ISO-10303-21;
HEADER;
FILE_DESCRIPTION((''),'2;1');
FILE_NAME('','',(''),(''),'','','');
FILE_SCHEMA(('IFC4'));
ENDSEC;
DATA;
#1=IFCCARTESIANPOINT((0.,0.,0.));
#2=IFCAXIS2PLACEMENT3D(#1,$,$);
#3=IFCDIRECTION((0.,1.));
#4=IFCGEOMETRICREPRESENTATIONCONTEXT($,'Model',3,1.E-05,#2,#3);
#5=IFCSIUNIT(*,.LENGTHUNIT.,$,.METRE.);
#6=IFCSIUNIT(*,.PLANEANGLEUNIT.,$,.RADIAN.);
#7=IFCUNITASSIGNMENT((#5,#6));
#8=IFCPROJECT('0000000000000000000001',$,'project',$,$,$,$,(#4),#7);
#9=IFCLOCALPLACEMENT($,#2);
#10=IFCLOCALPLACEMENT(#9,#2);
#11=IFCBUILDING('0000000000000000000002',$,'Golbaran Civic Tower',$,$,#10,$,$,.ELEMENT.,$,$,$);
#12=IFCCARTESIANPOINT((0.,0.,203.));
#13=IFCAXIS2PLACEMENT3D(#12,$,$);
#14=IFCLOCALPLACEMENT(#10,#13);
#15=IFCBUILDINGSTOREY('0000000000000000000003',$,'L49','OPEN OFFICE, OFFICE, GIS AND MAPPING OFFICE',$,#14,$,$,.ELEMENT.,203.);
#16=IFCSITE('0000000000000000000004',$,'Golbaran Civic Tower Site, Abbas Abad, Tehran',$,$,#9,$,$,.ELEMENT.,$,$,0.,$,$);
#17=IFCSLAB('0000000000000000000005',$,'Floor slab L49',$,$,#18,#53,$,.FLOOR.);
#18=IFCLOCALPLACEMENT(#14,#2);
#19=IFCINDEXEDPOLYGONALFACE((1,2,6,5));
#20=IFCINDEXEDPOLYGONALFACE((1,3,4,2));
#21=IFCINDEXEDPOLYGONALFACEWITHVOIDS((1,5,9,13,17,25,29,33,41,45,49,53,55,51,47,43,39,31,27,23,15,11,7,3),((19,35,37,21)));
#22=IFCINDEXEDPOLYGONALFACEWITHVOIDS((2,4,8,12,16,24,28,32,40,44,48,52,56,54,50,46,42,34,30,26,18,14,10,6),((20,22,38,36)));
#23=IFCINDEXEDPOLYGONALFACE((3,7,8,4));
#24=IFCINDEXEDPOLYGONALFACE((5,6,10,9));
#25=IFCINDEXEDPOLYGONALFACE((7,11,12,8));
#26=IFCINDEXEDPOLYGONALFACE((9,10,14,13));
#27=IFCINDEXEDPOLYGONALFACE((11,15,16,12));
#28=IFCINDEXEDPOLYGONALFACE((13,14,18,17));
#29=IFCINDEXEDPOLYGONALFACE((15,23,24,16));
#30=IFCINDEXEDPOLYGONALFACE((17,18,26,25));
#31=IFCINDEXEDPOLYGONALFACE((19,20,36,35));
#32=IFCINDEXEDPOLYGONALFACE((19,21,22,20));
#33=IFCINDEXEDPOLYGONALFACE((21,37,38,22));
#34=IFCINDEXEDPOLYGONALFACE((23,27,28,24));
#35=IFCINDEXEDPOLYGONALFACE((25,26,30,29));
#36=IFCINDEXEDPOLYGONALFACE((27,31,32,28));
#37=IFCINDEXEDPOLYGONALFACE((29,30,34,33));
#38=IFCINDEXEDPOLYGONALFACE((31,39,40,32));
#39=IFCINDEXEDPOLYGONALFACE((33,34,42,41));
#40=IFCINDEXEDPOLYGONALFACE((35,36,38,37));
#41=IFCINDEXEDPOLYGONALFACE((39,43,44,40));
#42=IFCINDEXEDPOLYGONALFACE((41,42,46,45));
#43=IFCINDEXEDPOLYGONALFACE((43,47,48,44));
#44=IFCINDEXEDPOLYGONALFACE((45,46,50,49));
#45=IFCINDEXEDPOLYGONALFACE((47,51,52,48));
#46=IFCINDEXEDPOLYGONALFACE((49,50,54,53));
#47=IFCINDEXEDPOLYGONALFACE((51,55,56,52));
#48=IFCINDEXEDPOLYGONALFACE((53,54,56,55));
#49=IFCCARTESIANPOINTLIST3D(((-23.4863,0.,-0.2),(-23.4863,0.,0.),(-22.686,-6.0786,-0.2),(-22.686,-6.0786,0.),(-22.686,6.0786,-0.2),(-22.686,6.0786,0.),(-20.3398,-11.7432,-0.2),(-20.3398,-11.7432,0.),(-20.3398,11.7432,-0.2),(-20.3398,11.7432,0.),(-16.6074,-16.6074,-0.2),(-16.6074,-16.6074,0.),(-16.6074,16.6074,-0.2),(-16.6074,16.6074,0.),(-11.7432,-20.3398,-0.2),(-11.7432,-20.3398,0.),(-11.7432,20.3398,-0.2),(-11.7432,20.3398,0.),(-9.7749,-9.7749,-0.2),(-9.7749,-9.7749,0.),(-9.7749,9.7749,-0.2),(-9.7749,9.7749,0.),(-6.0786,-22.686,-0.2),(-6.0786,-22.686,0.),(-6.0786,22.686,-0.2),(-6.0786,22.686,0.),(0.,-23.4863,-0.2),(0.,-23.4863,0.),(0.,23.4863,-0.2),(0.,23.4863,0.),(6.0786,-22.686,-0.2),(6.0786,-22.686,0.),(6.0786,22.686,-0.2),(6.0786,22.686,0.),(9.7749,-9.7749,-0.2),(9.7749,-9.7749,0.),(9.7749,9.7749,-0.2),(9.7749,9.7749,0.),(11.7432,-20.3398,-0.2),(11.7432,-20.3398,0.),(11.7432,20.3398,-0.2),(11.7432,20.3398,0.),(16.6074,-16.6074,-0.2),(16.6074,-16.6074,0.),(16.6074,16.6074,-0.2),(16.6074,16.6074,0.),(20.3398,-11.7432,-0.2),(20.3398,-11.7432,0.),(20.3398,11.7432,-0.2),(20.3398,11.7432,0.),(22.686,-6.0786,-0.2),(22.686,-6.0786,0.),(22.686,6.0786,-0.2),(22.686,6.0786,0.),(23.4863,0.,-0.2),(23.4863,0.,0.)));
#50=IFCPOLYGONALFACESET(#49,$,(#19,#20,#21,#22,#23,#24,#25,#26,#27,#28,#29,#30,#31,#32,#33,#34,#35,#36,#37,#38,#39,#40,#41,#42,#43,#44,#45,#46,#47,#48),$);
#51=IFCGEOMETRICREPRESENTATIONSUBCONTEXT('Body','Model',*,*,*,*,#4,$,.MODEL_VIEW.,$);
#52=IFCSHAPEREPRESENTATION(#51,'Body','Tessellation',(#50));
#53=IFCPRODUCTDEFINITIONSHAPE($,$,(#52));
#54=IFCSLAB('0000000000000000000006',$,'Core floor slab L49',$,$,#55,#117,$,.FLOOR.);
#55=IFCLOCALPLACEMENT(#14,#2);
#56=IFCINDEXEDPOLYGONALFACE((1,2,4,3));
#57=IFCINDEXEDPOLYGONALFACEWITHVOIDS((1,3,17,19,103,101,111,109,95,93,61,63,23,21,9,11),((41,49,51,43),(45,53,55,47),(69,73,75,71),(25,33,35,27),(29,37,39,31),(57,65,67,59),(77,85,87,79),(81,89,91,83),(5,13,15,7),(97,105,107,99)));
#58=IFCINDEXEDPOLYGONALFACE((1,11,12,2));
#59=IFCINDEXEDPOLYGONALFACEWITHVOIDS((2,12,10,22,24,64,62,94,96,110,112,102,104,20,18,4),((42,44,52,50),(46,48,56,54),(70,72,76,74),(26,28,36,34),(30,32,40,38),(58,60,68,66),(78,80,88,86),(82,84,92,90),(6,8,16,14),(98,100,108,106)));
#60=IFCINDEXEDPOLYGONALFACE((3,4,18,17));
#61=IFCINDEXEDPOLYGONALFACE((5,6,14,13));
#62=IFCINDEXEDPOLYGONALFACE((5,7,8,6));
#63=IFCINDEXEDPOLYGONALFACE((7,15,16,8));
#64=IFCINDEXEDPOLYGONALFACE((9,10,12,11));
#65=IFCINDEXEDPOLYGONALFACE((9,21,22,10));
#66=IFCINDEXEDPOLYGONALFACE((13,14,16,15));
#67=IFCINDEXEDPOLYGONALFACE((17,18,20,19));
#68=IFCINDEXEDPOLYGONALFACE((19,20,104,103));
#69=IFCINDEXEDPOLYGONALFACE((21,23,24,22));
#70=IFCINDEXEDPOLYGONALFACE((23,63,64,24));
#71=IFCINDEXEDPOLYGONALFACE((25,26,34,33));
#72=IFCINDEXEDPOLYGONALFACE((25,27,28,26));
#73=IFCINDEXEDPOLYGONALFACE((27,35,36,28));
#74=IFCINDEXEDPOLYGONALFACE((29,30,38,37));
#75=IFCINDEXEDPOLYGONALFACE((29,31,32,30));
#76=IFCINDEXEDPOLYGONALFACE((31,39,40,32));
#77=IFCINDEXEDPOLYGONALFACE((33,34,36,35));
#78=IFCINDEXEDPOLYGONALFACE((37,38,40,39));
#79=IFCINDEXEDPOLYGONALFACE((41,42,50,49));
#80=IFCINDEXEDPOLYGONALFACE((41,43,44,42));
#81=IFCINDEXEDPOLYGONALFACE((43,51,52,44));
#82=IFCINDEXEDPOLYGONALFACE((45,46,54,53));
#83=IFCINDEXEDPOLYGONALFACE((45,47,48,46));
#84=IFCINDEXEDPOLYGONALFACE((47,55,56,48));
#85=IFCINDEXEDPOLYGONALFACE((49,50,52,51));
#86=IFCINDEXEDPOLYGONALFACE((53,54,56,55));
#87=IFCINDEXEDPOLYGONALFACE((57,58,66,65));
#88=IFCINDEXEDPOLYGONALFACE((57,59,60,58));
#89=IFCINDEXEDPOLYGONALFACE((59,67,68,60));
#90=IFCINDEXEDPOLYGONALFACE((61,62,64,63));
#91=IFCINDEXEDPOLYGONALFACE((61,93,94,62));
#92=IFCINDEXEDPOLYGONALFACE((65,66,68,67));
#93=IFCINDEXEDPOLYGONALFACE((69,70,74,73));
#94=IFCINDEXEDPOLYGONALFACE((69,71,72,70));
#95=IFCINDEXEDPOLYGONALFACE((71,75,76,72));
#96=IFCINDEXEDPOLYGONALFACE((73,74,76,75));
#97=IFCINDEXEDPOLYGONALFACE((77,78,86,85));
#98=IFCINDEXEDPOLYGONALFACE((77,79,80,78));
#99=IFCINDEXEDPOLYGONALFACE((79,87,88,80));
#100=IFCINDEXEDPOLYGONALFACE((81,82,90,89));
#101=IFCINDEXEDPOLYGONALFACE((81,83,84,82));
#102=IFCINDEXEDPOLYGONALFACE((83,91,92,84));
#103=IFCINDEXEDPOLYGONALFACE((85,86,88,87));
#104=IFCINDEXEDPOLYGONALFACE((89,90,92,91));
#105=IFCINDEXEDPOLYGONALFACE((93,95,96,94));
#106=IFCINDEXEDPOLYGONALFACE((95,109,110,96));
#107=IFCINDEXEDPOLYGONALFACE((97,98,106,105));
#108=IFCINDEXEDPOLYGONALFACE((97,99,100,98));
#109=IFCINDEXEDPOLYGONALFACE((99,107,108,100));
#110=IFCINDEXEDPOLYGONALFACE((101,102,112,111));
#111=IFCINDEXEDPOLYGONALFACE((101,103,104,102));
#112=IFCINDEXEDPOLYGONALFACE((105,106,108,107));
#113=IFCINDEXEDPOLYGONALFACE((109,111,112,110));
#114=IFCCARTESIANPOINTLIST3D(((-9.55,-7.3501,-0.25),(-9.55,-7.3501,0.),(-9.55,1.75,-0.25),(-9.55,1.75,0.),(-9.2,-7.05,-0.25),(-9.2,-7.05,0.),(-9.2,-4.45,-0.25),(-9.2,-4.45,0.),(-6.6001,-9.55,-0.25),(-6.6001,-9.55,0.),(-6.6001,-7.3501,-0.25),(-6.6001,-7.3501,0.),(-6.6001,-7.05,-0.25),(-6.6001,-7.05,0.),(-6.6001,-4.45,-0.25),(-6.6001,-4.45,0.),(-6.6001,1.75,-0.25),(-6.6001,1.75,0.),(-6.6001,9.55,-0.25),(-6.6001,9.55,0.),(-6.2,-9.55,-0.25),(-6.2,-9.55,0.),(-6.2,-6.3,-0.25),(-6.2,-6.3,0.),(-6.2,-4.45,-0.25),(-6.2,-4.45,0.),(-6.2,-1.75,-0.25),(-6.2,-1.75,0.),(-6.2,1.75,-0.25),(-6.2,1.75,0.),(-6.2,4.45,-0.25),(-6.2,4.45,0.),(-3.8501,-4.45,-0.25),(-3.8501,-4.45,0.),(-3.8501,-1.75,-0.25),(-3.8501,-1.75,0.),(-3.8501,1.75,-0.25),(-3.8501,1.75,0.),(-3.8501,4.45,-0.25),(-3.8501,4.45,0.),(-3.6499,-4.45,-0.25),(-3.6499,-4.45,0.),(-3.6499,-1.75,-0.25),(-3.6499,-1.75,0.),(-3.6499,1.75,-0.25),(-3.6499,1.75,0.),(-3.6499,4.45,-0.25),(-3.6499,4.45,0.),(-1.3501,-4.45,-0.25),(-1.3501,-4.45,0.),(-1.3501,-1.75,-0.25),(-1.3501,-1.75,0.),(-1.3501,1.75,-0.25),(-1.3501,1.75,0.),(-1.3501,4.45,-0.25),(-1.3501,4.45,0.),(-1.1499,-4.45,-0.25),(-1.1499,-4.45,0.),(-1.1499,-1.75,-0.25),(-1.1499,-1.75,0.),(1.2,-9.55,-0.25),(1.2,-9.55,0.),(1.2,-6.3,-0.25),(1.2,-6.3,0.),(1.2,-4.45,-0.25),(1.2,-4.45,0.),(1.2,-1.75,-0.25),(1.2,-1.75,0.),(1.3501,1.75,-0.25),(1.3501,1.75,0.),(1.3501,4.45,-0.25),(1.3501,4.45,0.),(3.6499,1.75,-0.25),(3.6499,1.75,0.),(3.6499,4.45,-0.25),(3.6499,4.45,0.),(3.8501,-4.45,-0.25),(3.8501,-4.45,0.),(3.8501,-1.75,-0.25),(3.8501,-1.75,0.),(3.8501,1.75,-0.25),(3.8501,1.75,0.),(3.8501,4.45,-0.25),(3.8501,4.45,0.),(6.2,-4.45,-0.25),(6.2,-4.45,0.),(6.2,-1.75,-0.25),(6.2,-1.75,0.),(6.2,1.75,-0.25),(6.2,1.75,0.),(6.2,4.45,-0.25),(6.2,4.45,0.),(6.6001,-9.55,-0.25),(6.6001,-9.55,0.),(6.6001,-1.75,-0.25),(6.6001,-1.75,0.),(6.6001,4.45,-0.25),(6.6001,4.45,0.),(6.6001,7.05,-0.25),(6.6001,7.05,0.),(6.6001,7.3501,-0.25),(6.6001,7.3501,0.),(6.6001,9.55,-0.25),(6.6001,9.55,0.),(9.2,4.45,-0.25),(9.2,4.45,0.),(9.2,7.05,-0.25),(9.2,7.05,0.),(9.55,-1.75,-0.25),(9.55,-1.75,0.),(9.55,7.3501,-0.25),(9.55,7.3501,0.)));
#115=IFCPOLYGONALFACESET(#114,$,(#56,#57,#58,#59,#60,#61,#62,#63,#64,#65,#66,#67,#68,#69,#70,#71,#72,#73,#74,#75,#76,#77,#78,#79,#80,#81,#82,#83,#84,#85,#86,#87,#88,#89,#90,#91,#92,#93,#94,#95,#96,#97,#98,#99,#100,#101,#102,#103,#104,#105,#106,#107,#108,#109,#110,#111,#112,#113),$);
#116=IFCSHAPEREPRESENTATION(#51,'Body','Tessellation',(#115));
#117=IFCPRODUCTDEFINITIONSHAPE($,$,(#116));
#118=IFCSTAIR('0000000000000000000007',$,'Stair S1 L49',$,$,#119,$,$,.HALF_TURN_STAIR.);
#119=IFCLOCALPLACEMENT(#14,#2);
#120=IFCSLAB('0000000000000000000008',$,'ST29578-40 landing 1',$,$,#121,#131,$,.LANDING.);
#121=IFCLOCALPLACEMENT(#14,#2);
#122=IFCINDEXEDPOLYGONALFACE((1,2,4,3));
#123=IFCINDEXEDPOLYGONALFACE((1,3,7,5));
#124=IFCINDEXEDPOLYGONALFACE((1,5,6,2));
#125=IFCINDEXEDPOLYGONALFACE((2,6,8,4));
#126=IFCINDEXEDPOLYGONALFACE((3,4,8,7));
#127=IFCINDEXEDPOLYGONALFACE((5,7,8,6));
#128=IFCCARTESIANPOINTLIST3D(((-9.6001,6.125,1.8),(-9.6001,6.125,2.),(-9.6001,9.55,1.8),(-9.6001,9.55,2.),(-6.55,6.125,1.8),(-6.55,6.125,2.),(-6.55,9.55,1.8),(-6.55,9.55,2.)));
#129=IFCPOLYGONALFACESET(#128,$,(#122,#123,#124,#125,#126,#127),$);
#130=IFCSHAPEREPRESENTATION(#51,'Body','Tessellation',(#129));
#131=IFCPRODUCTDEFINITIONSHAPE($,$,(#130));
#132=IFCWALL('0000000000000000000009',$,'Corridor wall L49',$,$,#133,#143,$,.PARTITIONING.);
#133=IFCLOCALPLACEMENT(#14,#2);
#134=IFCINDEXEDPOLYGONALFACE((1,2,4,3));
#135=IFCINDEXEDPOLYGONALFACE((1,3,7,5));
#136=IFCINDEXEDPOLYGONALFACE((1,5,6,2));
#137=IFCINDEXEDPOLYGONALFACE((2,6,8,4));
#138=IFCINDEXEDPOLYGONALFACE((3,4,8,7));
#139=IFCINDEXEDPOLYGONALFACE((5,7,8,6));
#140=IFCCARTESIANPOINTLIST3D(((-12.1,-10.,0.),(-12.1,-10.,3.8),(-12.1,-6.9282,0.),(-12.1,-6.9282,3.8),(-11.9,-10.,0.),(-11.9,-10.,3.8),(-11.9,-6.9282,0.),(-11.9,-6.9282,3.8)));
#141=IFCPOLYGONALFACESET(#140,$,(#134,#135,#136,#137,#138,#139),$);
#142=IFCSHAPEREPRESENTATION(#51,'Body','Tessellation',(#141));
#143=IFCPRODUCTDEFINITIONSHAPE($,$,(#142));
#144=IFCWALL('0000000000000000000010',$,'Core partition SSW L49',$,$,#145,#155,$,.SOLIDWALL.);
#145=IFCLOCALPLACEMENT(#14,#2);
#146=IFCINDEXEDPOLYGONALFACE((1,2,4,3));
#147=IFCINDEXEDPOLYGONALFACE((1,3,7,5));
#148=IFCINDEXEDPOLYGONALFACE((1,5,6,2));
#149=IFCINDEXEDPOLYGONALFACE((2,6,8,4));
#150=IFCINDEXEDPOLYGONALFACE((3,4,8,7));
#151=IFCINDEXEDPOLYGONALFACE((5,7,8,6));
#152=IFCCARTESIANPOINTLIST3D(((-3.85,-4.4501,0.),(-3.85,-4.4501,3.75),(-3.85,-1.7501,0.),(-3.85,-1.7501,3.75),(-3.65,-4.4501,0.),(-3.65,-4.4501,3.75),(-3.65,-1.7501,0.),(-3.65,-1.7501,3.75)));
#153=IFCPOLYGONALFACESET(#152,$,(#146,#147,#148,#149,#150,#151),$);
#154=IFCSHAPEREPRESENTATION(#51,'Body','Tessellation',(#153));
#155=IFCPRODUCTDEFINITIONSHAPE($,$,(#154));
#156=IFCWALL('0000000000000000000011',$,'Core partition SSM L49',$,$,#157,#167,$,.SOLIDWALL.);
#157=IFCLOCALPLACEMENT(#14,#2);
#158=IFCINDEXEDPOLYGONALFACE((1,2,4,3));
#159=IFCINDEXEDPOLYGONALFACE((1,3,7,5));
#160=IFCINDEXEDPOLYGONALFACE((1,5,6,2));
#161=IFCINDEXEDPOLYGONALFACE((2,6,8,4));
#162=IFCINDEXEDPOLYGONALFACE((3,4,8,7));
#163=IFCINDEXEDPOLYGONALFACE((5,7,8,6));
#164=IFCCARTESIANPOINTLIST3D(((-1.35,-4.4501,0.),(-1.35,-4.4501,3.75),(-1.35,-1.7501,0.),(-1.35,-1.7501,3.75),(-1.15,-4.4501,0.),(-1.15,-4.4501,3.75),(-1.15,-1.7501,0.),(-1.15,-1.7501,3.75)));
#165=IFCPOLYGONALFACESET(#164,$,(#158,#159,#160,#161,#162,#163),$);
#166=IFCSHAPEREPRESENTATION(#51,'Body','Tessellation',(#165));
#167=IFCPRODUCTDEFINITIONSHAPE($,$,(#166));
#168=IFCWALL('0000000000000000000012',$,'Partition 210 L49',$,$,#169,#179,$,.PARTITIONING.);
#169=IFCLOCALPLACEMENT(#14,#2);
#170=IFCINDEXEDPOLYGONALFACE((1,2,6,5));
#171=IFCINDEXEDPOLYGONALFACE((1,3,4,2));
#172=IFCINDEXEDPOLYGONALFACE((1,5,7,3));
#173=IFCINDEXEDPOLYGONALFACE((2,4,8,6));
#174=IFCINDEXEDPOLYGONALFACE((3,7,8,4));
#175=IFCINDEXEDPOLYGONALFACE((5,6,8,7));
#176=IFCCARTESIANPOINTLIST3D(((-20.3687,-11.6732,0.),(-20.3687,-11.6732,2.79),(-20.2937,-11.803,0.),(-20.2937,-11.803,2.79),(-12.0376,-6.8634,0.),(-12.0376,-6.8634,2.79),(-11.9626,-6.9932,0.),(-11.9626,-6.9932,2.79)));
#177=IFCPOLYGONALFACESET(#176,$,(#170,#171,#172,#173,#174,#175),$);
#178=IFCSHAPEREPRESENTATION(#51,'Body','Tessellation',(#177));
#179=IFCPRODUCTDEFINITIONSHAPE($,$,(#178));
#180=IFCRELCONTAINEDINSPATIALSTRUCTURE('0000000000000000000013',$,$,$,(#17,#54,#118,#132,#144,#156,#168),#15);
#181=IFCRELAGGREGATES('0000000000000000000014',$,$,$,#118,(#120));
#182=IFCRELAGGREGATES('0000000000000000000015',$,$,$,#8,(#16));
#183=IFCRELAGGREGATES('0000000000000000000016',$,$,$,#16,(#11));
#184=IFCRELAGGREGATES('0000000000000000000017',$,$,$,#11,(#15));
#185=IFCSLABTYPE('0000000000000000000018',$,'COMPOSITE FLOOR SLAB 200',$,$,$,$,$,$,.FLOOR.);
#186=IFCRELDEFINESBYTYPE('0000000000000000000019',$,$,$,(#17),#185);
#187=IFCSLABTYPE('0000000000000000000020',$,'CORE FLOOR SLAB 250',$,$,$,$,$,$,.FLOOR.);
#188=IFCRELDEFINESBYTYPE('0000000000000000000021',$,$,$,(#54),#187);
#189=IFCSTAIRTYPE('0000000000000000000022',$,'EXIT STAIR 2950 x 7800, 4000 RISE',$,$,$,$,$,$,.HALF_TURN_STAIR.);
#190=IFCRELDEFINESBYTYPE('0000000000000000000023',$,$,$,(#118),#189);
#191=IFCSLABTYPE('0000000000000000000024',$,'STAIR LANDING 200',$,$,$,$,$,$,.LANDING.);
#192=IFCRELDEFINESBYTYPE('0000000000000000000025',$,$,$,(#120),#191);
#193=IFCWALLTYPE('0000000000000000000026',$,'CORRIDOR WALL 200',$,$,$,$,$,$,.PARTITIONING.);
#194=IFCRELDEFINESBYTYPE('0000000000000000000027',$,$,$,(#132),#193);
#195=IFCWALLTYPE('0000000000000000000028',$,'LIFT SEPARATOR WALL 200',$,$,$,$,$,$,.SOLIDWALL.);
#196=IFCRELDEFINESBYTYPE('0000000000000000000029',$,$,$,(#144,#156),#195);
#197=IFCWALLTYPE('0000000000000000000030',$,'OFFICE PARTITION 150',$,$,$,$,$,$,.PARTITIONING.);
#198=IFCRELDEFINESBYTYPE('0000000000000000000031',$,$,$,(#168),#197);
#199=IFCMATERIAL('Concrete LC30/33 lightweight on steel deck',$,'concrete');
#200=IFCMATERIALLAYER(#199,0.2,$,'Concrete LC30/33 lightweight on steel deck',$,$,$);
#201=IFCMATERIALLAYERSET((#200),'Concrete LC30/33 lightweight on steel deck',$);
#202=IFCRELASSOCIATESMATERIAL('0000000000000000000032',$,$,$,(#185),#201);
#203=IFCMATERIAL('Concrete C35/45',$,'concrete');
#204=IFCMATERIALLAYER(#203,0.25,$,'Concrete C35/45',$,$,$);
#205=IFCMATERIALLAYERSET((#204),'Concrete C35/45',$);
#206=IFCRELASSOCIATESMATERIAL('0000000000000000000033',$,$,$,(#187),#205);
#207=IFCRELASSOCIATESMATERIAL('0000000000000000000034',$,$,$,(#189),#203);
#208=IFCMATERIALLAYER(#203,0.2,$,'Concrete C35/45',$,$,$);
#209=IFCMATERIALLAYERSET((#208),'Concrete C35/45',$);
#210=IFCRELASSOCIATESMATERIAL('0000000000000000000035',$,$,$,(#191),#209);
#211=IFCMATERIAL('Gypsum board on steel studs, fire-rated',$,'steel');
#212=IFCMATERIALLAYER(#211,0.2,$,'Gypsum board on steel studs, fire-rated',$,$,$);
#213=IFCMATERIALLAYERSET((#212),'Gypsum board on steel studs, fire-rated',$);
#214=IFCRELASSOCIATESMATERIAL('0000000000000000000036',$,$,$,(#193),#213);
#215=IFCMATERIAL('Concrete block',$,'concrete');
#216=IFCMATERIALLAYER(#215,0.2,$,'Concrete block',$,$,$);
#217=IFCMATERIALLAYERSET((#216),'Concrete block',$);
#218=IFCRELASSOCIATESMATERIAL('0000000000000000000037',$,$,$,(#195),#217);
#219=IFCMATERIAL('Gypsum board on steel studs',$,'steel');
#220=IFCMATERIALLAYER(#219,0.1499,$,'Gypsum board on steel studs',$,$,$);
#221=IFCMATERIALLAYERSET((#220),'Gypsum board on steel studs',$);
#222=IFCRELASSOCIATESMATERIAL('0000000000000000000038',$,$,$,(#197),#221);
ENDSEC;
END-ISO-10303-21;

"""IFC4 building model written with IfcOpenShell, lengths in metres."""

from ifc_helpers import new_model, si_unit, direction, frame, frame_2d, origin, place, context, subcontext, project, spatial, polyline, rectangle, outline, extrude, material, layer, layer_set, type_object, element, aggregate, save


model = new_model("IFC4")

# Units and contexts
model_context = context("Model", 3, precision=1e-05, world=origin(), true_north=direction((0.0, 1.0)))
body_context = subcontext(model_context, "Body", "Model", "MODEL_VIEW")
ifc_project = project(units=[si_unit("LENGTHUNIT", "METRE"), si_unit("PLANEANGLEUNIT", "RADIAN")], contexts=[model_context])

# Site, building, storey
site_placement = place(None, origin())
site = spatial("IfcSite", under=ifc_project, at=site_placement, Name="Golbaran Civic Tower Site, Abbas Abad, Tehran", CompositionType="ELEMENT", RefElevation=0.0)
building_placement = place(site_placement, origin())
building = spatial("IfcBuilding", under=site, at=building_placement, Name="Golbaran Civic Tower", CompositionType="ELEMENT")
storey_placement = place(building_placement, frame((0.0, 0.0, 203.0)))
storey = spatial("IfcBuildingStorey", under=building, at=storey_placement, Name="L49", Description="OPEN OFFICE, OFFICE, GIS AND MAPPING OFFICE", CompositionType="ELEMENT", Elevation=203.0)

# Slabs
ifc_material_1 = material(Name="Concrete LC30/33 lightweight on steel deck", Category="concrete")
ifc_layer_1 = layer(ifc_material_1, 0.2, Name="Concrete LC30/33 lightweight on steel deck")
ifc_layer_set_1 = layer_set([ifc_layer_1], Name="Concrete LC30/33 lightweight on steel deck")
slab_type_1 = type_object("IfcSlabType", Name="COMPOSITE FLOOR SLAB 200", PredefinedType="FLOOR", material=ifc_layer_set_1)
slab_1_placement = place(storey_placement, frame((0.0, 0.0, -0.2)))
element("IfcSlab", 1, at=slab_1_placement, inside=storey, type_object=slab_type_1, Name="Floor slab L49", PredefinedType="FLOOR", context=body_context, shape_type="SweptSolid", body=[
    extrude(outline(polyline([(20.3398, -11.7432), (16.6074, -16.6074), (11.7432, -20.3398), (6.0786, -22.686), (0.0, -23.4863), (-6.0786, -22.686), (-11.7432, -20.3398), (-16.6074, -16.6074), (-20.3398, -11.7432), (-22.686, -6.0786), (-23.4863, 0.0), (-22.686, 6.0786), (-20.3398, 11.7432), (-16.6074, 16.6074), (-11.7432, 20.3398), (-6.0786, 22.686), (0.0, 23.4863), (6.0786, 22.686), (11.7432, 20.3398), (16.6074, 16.6074), (20.3398, 11.7432), (22.686, 6.0786), (23.4863, 0.0), (22.686, -6.0786), (20.3398, -11.7432)]), holes=[polyline([(-9.7749, 9.7749), (-9.7749, -9.7749), (9.7749, -9.7749), (9.7749, 9.7749), (-9.7749, 9.7749)])]), origin(), (0.0, 0.0, 1.0), 0.2),
])
ifc_material_2 = material(Name="Concrete C35/45", Category="concrete")
ifc_layer_2 = layer(ifc_material_2, 0.25, Name="Concrete C35/45")
ifc_layer_set_2 = layer_set([ifc_layer_2], Name="Concrete C35/45")
slab_type_2 = type_object("IfcSlabType", Name="CORE FLOOR SLAB 250", PredefinedType="FLOOR", material=ifc_layer_set_2)
slab_2_placement = place(storey_placement, frame((0.0, 0.0, -0.25)))
element("IfcSlab", 2, at=slab_2_placement, inside=storey, type_object=slab_type_2, Name="Core floor slab L49", PredefinedType="FLOOR", context=body_context, shape_type="SweptSolid", body=[
    extrude(outline(polyline([(6.6001, -1.75), (6.6001, -9.55), (1.2, -9.55), (1.2, -6.3), (-6.2, -6.3), (-6.2, -9.55), (-6.6001, -9.55), (-6.6001, -7.3501), (-9.55, -7.3501), (-9.55, 1.75), (-6.6001, 1.75), (-6.6001, 9.55), (6.6001, 9.55), (6.6001, 7.3501), (9.55, 7.3501), (9.55, -1.75), (6.6001, -1.75)]), holes=[polyline([(9.2, 7.05), (6.6001, 7.05), (6.6001, 4.45), (9.2, 4.45), (9.2, 7.05)]), polyline([(6.2, -1.75), (3.8501, -1.75), (3.8501, -4.45), (6.2, -4.45), (6.2, -1.75)]), polyline([(6.2, 4.45), (3.8501, 4.45), (3.8501, 1.75), (6.2, 1.75), (6.2, 4.45)]), polyline([(3.6499, 4.45), (1.3501, 4.45), (1.3501, 1.75), (3.6499, 1.75), (3.6499, 4.45)]), polyline([(1.2, -1.75), (-1.1499, -1.75), (-1.1499, -4.45), (1.2, -4.45), (1.2, -1.75)]), polyline([(-1.3501, 4.45), (-3.6499, 4.45), (-3.6499, 1.75), (-1.3501, 1.75), (-1.3501, 4.45)]), polyline([(-1.3501, -1.75), (-3.6499, -1.75), (-3.6499, -4.45), (-1.3501, -4.45), (-1.3501, -1.75)]), polyline([(-3.8501, -1.75), (-6.2, -1.75), (-6.2, -4.45), (-3.8501, -4.45), (-3.8501, -1.75)]), polyline([(-3.8501, 4.45), (-6.2, 4.45), (-6.2, 1.75), (-3.8501, 1.75), (-3.8501, 4.45)]), polyline([(-6.6001, -4.45), (-9.2, -4.45), (-9.2, -7.05), (-6.6001, -7.05), (-6.6001, -4.45)])]), origin(), (0.0, 0.0, 1.0), 0.25),
])

# Stair, slab
stair_type_1 = type_object("IfcStairType", Name="EXIT STAIR 2950 x 7800, 4000 RISE", PredefinedType="HALF_TURN_STAIR", material=ifc_material_2)
stair_1_placement = place(storey_placement, origin())
stair_1 = element("IfcStair", 3, at=stair_1_placement, inside=storey, type_object=stair_type_1, Name="Stair S1 L49", PredefinedType="HALF_TURN_STAIR")
ifc_layer_3 = layer(ifc_material_2, 0.2, Name="Concrete C35/45")
ifc_layer_set_3 = layer_set([ifc_layer_3], Name="Concrete C35/45")
slab_type_3 = type_object("IfcSlabType", Name="STAIR LANDING 200", PredefinedType="LANDING", material=ifc_layer_set_3)
slab_3_placement = place(storey_placement, frame((0.0, 0.0, 1.8)))
slab_3 = element("IfcSlab", 4, at=slab_3_placement, type_object=slab_type_3, Name="ST29578-40 landing 1", PredefinedType="LANDING", context=body_context, shape_type="SweptSolid", body=[
    extrude(outline(polyline([(-9.6001, 6.125), (-9.6001, 9.55), (-6.55, 9.55), (-6.55, 6.125), (-9.6001, 6.125)])), origin(), (0.0, 0.0, 1.0), 0.2),
])
aggregate(stair_1, [slab_3])

# Walls
ifc_material_3 = material(Name="Gypsum board on steel studs, fire-rated", Category="steel")
ifc_layer_4 = layer(ifc_material_3, 0.2, Name="Gypsum board on steel studs, fire-rated")
ifc_layer_set_4 = layer_set([ifc_layer_4], Name="Gypsum board on steel studs, fire-rated")
wall_type_1 = type_object("IfcWallType", Name="CORRIDOR WALL 200", PredefinedType="PARTITIONING", material=ifc_layer_set_4)
wall_1_placement = place(storey_placement, frame((-12.0, -6.9282, 0.0), z_axis=(0.0, 0.0, 1.0), x_axis=(0.0, -1.0, 0.0)))
element("IfcWall", 5, at=wall_1_placement, inside=storey, type_object=wall_type_1, Name="Corridor wall L49", PredefinedType="PARTITIONING", context=body_context, shape_type="SweptSolid", body=[
    extrude(rectangle(XDim=3.0718, YDim=0.2, at=frame_2d((1.5359, 0.0))), origin(), (0.0, 0.0, 1.0), 3.8),
])
ifc_material_4 = material(Name="Concrete block", Category="concrete")
ifc_layer_5 = layer(ifc_material_4, 0.2, Name="Concrete block")
ifc_layer_set_5 = layer_set([ifc_layer_5], Name="Concrete block")
wall_type_2 = type_object("IfcWallType", Name="LIFT SEPARATOR WALL 200", PredefinedType="SOLIDWALL", material=ifc_layer_set_5)
for number, where, z_axis, x_axis, name in (
    (6, (-3.75, -1.75, 0.0), (0.0, 0.0, 1.0), (0.0, -1.0, 0.0), "Core partition SSW L49"),
    (7, (-1.25, -1.75, 0.0), (0.0, 0.0, 1.0), (0.0, -1.0, 0.0), "Core partition SSM L49"),
):
    element("IfcWall", number, at=place(storey_placement, frame(where, z_axis=z_axis, x_axis=x_axis)), inside=storey, type_object=wall_type_2, Name=name, PredefinedType="SOLIDWALL", context=body_context, shape_type="SweptSolid", body=[
        extrude(rectangle(XDim=2.7, YDim=0.2, at=frame_2d((1.3501, 0.0))), origin(), (0.0, 0.0, 1.0), 3.75),
    ])
ifc_material_5 = material(Name="Gypsum board on steel studs", Category="steel")
ifc_layer_6 = layer(ifc_material_5, 0.1499, Name="Gypsum board on steel studs")
ifc_layer_set_6 = layer_set([ifc_layer_6], Name="Gypsum board on steel studs")
wall_type_3 = type_object("IfcWallType", Name="OFFICE PARTITION 150", PredefinedType="PARTITIONING", material=ifc_layer_set_6)
wall_2_placement = place(storey_placement, frame((-12.0, -6.9282, 0.0), z_axis=(0.0, 0.0, 1.0), x_axis=(-0.866031, -0.49999, 0.0)))
element("IfcWall", 8, at=wall_2_placement, inside=storey, type_object=wall_type_3, Name="Partition 210 L49", PredefinedType="PARTITIONING", context=body_context, shape_type="SweptSolid", body=[
    extrude(rectangle(XDim=9.6199, YDim=0.1499, at=frame_2d((4.8101, 0.0))), origin(), (0.0, 0.0, 1.0), 2.79),
])

save(model, "model.ifc")
